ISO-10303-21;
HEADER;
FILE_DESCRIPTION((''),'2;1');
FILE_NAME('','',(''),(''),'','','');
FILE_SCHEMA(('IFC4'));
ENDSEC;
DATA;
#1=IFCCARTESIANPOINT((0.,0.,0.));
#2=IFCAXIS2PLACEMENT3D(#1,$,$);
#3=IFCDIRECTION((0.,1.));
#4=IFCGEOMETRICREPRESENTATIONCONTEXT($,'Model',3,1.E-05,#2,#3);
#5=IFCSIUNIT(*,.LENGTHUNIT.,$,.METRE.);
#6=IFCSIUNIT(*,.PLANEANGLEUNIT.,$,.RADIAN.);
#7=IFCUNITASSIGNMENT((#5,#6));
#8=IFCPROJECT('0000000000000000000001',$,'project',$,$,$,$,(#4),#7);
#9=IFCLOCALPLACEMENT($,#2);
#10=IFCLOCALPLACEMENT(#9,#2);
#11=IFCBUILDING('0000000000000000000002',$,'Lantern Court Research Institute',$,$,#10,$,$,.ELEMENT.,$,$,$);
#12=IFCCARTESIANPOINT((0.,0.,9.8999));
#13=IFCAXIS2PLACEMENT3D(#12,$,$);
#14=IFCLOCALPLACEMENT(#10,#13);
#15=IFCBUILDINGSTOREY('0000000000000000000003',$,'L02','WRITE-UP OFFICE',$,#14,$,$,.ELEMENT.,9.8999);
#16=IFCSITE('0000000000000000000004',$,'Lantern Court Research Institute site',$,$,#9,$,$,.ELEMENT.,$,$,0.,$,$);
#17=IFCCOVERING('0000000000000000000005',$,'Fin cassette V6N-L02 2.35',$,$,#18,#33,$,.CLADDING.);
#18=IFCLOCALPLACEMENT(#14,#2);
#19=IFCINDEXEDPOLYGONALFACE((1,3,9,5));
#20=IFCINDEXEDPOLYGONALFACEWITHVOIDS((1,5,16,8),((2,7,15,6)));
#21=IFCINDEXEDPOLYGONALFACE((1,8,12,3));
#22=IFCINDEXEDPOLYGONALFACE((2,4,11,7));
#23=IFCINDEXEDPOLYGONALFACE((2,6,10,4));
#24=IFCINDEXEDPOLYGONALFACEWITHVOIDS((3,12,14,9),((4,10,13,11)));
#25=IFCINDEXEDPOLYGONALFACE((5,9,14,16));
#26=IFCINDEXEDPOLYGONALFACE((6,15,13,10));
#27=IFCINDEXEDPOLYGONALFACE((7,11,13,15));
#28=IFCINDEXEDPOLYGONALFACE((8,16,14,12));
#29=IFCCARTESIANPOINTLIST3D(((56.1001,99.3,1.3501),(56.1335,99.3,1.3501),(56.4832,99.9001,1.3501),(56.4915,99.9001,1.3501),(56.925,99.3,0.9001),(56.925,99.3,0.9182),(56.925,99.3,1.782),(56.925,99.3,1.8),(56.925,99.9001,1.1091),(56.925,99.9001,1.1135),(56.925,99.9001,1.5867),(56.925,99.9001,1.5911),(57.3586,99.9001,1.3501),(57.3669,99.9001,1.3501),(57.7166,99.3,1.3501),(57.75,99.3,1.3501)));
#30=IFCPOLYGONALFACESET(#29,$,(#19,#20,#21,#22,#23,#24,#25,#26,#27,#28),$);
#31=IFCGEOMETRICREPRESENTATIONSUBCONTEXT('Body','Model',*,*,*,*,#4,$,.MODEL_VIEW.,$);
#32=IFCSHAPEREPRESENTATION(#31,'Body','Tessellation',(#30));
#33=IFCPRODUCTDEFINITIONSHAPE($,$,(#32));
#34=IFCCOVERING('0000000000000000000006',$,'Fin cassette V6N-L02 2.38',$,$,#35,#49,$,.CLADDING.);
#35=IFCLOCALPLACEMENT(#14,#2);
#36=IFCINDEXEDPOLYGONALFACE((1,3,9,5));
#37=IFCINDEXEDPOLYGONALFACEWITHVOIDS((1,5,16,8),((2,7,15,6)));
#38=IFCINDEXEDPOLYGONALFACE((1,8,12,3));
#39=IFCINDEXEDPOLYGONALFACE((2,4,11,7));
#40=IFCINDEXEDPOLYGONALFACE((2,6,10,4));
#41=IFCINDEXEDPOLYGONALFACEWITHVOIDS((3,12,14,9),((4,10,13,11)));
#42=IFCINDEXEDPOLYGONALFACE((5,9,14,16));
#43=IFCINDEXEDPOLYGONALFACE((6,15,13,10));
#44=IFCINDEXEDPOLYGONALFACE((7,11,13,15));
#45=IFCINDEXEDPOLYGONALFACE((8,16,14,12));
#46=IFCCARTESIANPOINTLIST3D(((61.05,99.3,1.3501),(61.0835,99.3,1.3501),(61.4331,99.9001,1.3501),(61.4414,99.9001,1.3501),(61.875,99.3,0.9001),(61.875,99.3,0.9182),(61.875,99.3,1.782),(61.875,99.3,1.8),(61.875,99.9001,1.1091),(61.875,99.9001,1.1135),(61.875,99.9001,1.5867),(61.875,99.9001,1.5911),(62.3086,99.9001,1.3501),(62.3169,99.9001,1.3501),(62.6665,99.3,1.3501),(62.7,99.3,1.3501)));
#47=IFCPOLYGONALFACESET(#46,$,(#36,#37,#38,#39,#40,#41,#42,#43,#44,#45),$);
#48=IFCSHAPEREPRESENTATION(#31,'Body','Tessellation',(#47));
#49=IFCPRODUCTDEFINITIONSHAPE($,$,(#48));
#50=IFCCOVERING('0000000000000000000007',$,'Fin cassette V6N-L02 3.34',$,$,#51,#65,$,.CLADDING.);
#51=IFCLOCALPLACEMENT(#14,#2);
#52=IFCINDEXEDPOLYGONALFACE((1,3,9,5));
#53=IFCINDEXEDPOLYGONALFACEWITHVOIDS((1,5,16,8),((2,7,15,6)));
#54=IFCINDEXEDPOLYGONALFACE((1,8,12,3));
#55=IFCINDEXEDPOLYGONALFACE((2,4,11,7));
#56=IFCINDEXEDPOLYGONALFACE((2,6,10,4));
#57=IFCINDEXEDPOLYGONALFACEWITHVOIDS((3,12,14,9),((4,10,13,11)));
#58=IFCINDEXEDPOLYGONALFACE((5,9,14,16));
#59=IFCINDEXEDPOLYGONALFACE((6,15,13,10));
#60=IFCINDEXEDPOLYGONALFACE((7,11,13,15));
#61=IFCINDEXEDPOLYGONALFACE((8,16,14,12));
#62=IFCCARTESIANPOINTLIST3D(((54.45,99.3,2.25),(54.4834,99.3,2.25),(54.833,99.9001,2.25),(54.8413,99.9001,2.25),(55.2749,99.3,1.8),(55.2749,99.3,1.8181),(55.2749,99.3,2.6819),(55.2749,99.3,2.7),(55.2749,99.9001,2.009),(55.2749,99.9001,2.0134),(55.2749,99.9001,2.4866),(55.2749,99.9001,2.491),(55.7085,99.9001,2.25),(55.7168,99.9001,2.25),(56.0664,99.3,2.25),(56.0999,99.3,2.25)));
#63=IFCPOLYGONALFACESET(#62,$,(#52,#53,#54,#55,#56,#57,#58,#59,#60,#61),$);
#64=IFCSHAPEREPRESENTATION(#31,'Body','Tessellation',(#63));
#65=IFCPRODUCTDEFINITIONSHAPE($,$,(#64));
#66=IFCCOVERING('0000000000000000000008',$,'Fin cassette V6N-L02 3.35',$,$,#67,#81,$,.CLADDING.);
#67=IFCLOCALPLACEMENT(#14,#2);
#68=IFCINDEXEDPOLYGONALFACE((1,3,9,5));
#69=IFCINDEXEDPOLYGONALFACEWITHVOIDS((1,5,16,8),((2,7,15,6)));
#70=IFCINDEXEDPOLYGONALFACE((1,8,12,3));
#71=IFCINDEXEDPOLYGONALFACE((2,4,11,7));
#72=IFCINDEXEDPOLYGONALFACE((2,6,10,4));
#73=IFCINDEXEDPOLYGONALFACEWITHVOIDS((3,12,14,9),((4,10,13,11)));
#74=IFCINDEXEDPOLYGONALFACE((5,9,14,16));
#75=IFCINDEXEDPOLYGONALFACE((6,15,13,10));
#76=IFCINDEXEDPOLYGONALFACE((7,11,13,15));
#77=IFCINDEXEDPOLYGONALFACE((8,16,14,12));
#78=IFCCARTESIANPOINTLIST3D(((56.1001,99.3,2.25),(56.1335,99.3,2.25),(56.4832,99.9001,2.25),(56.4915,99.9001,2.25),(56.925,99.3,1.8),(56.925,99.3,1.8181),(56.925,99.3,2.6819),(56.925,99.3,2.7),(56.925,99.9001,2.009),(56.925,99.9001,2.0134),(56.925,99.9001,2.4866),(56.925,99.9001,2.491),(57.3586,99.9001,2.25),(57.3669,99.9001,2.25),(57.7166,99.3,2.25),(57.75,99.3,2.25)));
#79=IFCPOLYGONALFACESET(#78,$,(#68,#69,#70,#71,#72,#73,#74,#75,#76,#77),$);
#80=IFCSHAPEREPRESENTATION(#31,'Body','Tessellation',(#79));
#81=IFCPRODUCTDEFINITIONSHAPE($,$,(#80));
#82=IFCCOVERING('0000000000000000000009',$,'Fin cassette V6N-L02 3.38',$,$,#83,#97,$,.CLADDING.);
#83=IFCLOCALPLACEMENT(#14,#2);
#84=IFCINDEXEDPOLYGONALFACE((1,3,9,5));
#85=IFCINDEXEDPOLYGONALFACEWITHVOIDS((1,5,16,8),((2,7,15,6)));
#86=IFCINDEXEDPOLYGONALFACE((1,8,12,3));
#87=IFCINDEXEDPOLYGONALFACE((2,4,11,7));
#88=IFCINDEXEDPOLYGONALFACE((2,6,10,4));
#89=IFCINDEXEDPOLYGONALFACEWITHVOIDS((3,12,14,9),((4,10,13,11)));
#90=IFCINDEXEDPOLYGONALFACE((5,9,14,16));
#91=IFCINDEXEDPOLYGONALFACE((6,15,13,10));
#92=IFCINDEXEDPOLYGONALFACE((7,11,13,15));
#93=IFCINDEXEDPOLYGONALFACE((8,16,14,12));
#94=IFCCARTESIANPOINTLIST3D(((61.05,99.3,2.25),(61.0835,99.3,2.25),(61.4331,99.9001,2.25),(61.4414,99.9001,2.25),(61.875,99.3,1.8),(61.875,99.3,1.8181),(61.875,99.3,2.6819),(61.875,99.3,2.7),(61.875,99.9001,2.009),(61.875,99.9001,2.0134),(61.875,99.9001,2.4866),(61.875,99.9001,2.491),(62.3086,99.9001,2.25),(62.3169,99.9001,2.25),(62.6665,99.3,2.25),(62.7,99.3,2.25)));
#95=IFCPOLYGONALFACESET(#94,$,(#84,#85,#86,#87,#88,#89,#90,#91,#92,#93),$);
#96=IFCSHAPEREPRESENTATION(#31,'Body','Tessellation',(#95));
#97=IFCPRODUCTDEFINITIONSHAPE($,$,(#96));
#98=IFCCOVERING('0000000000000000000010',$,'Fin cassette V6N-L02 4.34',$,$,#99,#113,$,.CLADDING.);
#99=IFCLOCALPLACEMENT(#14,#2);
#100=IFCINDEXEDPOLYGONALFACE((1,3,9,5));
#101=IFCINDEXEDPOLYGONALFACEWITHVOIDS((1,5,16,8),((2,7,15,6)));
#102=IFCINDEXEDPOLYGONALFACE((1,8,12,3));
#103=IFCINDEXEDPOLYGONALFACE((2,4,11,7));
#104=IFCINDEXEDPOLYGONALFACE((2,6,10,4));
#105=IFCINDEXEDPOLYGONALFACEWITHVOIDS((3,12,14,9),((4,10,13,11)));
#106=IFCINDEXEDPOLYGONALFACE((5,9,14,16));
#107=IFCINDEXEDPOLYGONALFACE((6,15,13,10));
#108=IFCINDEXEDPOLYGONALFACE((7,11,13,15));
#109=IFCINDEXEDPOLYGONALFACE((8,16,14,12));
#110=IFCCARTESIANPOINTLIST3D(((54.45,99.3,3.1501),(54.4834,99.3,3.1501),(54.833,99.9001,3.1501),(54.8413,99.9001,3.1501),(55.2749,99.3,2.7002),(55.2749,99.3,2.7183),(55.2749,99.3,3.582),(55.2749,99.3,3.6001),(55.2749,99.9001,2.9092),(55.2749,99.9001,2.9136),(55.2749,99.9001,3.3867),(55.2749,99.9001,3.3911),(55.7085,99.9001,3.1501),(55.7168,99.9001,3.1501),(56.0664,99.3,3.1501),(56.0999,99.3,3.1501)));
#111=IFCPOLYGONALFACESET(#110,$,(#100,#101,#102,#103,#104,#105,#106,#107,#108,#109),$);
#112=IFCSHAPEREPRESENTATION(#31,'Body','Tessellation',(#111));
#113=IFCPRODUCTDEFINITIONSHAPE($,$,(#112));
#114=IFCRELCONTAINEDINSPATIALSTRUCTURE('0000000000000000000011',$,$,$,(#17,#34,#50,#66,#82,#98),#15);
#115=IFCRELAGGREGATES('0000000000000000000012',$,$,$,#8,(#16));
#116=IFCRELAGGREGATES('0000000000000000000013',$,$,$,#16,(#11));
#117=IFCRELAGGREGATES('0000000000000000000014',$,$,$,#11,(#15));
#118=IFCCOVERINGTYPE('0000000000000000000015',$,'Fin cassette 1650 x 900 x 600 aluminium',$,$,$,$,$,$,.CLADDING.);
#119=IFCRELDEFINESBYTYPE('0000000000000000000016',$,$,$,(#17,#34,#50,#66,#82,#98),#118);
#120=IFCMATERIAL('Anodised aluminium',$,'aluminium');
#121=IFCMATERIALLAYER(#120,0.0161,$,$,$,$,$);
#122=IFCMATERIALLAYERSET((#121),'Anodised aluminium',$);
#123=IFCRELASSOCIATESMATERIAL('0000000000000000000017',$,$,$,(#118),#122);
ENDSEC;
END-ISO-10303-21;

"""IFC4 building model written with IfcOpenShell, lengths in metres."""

from ifc_helpers import new_model, entity, si_unit, direction, frame, origin, place, context, subcontext, project, spatial, material, layer, layer_set, type_object, element, save


model = new_model("IFC4")

# Units and contexts
model_context = context("Model", 3, precision=1e-05, world=origin(), true_north=direction((0.0, 1.0)))
body_context = subcontext(model_context, "Body", "Model", "MODEL_VIEW")
ifc_project = project(units=[si_unit("LENGTHUNIT", "METRE"), si_unit("PLANEANGLEUNIT", "RADIAN")], contexts=[model_context])

# Site, building, storey
site_placement = place(None, origin())
site = spatial("IfcSite", under=ifc_project, at=site_placement, Name="Lantern Court Research Institute site", CompositionType="ELEMENT", RefElevation=0.0)
building_placement = place(site_placement, origin())
building = spatial("IfcBuilding", under=site, at=building_placement, Name="Lantern Court Research Institute", CompositionType="ELEMENT")
storey_placement = place(building_placement, frame((0.0, 0.0, 9.8999)))
storey = spatial("IfcBuildingStorey", under=building, at=storey_placement, Name="L02", Description="WRITE-UP OFFICE", CompositionType="ELEMENT", Elevation=9.8999)

# Coverings
ifc_material_1 = material(Name="Anodised aluminium", Category="aluminium")
ifc_layer_1 = layer(ifc_material_1, 0.0161)
ifc_layer_set_1 = layer_set([ifc_layer_1], Name="Anodised aluminium")
covering_type_1 = type_object("IfcCoveringType", Name="Fin cassette 1650 x 900 x 600 aluminium", PredefinedType="CLADDING", material=ifc_layer_set_1)
covering_1_placement = place(storey_placement, frame((56.925, 99.3, 1.3501), z_axis=(0.0, 1.0, 0.0), x_axis=(-1.0, 0.0, 0.0)))
cartesian_point_1 = entity("IfcCartesianPoint", [0.825, 0.0])
cartesian_point_2 = entity("IfcCartesianPoint", [0.7915, 0.0])
cartesian_point_3 = entity("IfcCartesianPoint", [0.4419, 0.0])
cartesian_point_4 = entity("IfcCartesianPoint", [0.4336, 0.0])
element("IfcCovering", 1, at=covering_1_placement, inside=storey, type_object=covering_type_1, Name="Fin cassette V6N-L02 2.35", PredefinedType="CLADDING", context=body_context, shape_type="SweptSolid", body=[
    entity("IfcExtrudedAreaSolidTapered", entity("IfcArbitraryProfileDefWithVoids", "AREA", None, entity("IfcPolyline", [cartesian_point_1, entity("IfcCartesianPoint", [0.0, 0.45]), entity("IfcCartesianPoint", [-0.825, 0.0]), entity("IfcCartesianPoint", [0.0, -0.45]), cartesian_point_1]), [entity("IfcPolyline", [cartesian_point_2, entity("IfcCartesianPoint", [0.0, 0.4319]), entity("IfcCartesianPoint", [-0.7915, 0.0]), entity("IfcCartesianPoint", [0.0, -0.4319]), cartesian_point_2])]), entity("IfcAxis2Placement3D", entity("IfcCartesianPoint", [0.0, 0.0, 0.0])), entity("IfcDirection", [0.0, 0.0, 1.0]), 0.6001, entity("IfcArbitraryProfileDefWithVoids", "AREA", None, entity("IfcPolyline", [cartesian_point_3, entity("IfcCartesianPoint", [0.0, 0.241]), entity("IfcCartesianPoint", [-0.4419, 0.0]), entity("IfcCartesianPoint", [0.0, -0.241]), cartesian_point_3]), [entity("IfcPolyline", [cartesian_point_4, entity("IfcCartesianPoint", [0.0, 0.2366]), entity("IfcCartesianPoint", [-0.4336, 0.0]), entity("IfcCartesianPoint", [0.0, -0.2366]), cartesian_point_4])])),
])
covering_2_placement = place(storey_placement, frame((61.875, 99.3, 1.3501), z_axis=(0.0, 1.0, 0.0), x_axis=(-1.0, 0.0, 0.0)))
cartesian_point_5 = entity("IfcCartesianPoint", [0.825, 0.0])
cartesian_point_6 = entity("IfcCartesianPoint", [0.7915, 0.0])
cartesian_point_7 = entity("IfcCartesianPoint", [0.4419, 0.0])
cartesian_point_8 = entity("IfcCartesianPoint", [0.4336, 0.0])
element("IfcCovering", 2, at=covering_2_placement, inside=storey, type_object=covering_type_1, Name="Fin cassette V6N-L02 2.38", PredefinedType="CLADDING", context=body_context, shape_type="SweptSolid", body=[
    entity("IfcExtrudedAreaSolidTapered", entity("IfcArbitraryProfileDefWithVoids", "AREA", None, entity("IfcPolyline", [cartesian_point_5, entity("IfcCartesianPoint", [0.0, 0.45]), entity("IfcCartesianPoint", [-0.825, 0.0]), entity("IfcCartesianPoint", [0.0, -0.45]), cartesian_point_5]), [entity("IfcPolyline", [cartesian_point_6, entity("IfcCartesianPoint", [0.0, 0.4319]), entity("IfcCartesianPoint", [-0.7915, 0.0]), entity("IfcCartesianPoint", [0.0, -0.4319]), cartesian_point_6])]), entity("IfcAxis2Placement3D", entity("IfcCartesianPoint", [0.0, 0.0, 0.0])), entity("IfcDirection", [0.0, 0.0, 1.0]), 0.6001, entity("IfcArbitraryProfileDefWithVoids", "AREA", None, entity("IfcPolyline", [cartesian_point_7, entity("IfcCartesianPoint", [0.0, 0.241]), entity("IfcCartesianPoint", [-0.4419, 0.0]), entity("IfcCartesianPoint", [0.0, -0.241]), cartesian_point_7]), [entity("IfcPolyline", [cartesian_point_8, entity("IfcCartesianPoint", [0.0, 0.2366]), entity("IfcCartesianPoint", [-0.4336, 0.0]), entity("IfcCartesianPoint", [0.0, -0.2366]), cartesian_point_8])])),
])
covering_3_placement = place(storey_placement, frame((55.2749, 99.3, 2.25), z_axis=(0.0, 1.0, 0.0), x_axis=(-1.0, 0.0, 0.0)))
cartesian_point_9 = entity("IfcCartesianPoint", [0.825, 0.0])
cartesian_point_10 = entity("IfcCartesianPoint", [0.7915, 0.0])
cartesian_point_11 = entity("IfcCartesianPoint", [0.4419, 0.0])
cartesian_point_12 = entity("IfcCartesianPoint", [0.4336, 0.0])
element("IfcCovering", 3, at=covering_3_placement, inside=storey, type_object=covering_type_1, Name="Fin cassette V6N-L02 3.34", PredefinedType="CLADDING", context=body_context, shape_type="SweptSolid", body=[
    entity("IfcExtrudedAreaSolidTapered", entity("IfcArbitraryProfileDefWithVoids", "AREA", None, entity("IfcPolyline", [cartesian_point_9, entity("IfcCartesianPoint", [0.0, 0.45]), entity("IfcCartesianPoint", [-0.825, 0.0]), entity("IfcCartesianPoint", [0.0, -0.45]), cartesian_point_9]), [entity("IfcPolyline", [cartesian_point_10, entity("IfcCartesianPoint", [0.0, 0.4319]), entity("IfcCartesianPoint", [-0.7915, 0.0]), entity("IfcCartesianPoint", [0.0, -0.4319]), cartesian_point_10])]), entity("IfcAxis2Placement3D", entity("IfcCartesianPoint", [0.0, 0.0, 0.0])), entity("IfcDirection", [0.0, 0.0, 1.0]), 0.6001, entity("IfcArbitraryProfileDefWithVoids", "AREA", None, entity("IfcPolyline", [cartesian_point_11, entity("IfcCartesianPoint", [0.0, 0.241]), entity("IfcCartesianPoint", [-0.4419, 0.0]), entity("IfcCartesianPoint", [0.0, -0.241]), cartesian_point_11]), [entity("IfcPolyline", [cartesian_point_12, entity("IfcCartesianPoint", [0.0, 0.2366]), entity("IfcCartesianPoint", [-0.4336, 0.0]), entity("IfcCartesianPoint", [0.0, -0.2366]), cartesian_point_12])])),
])
covering_4_placement = place(storey_placement, frame((56.925, 99.3, 2.25), z_axis=(0.0, 1.0, 0.0), x_axis=(-1.0, 0.0, 0.0)))
cartesian_point_13 = entity("IfcCartesianPoint", [0.825, 0.0])
cartesian_point_14 = entity("IfcCartesianPoint", [0.7915, 0.0])
cartesian_point_15 = entity("IfcCartesianPoint", [0.4419, 0.0])
cartesian_point_16 = entity("IfcCartesianPoint", [0.4336, 0.0])
element("IfcCovering", 4, at=covering_4_placement, inside=storey, type_object=covering_type_1, Name="Fin cassette V6N-L02 3.35", PredefinedType="CLADDING", context=body_context, shape_type="SweptSolid", body=[
    entity("IfcExtrudedAreaSolidTapered", entity("IfcArbitraryProfileDefWithVoids", "AREA", None, entity("IfcPolyline", [cartesian_point_13, entity("IfcCartesianPoint", [0.0, 0.45]), entity("IfcCartesianPoint", [-0.825, 0.0]), entity("IfcCartesianPoint", [0.0, -0.45]), cartesian_point_13]), [entity("IfcPolyline", [cartesian_point_14, entity("IfcCartesianPoint", [0.0, 0.4319]), entity("IfcCartesianPoint", [-0.7915, 0.0]), entity("IfcCartesianPoint", [0.0, -0.4319]), cartesian_point_14])]), entity("IfcAxis2Placement3D", entity("IfcCartesianPoint", [0.0, 0.0, 0.0])), entity("IfcDirection", [0.0, 0.0, 1.0]), 0.6001, entity("IfcArbitraryProfileDefWithVoids", "AREA", None, entity("IfcPolyline", [cartesian_point_15, entity("IfcCartesianPoint", [0.0, 0.241]), entity("IfcCartesianPoint", [-0.4419, 0.0]), entity("IfcCartesianPoint", [0.0, -0.241]), cartesian_point_15]), [entity("IfcPolyline", [cartesian_point_16, entity("IfcCartesianPoint", [0.0, 0.2366]), entity("IfcCartesianPoint", [-0.4336, 0.0]), entity("IfcCartesianPoint", [0.0, -0.2366]), cartesian_point_16])])),
])
covering_5_placement = place(storey_placement, frame((61.875, 99.3, 2.25), z_axis=(0.0, 1.0, 0.0), x_axis=(-1.0, 0.0, 0.0)))
cartesian_point_17 = entity("IfcCartesianPoint", [0.825, 0.0])
cartesian_point_18 = entity("IfcCartesianPoint", [0.7915, 0.0])
cartesian_point_19 = entity("IfcCartesianPoint", [0.4419, 0.0])
cartesian_point_20 = entity("IfcCartesianPoint", [0.4336, 0.0])
element("IfcCovering", 5, at=covering_5_placement, inside=storey, type_object=covering_type_1, Name="Fin cassette V6N-L02 3.38", PredefinedType="CLADDING", context=body_context, shape_type="SweptSolid", body=[
    entity("IfcExtrudedAreaSolidTapered", entity("IfcArbitraryProfileDefWithVoids", "AREA", None, entity("IfcPolyline", [cartesian_point_17, entity("IfcCartesianPoint", [0.0, 0.45]), entity("IfcCartesianPoint", [-0.825, 0.0]), entity("IfcCartesianPoint", [0.0, -0.45]), cartesian_point_17]), [entity("IfcPolyline", [cartesian_point_18, entity("IfcCartesianPoint", [0.0, 0.4319]), entity("IfcCartesianPoint", [-0.7915, 0.0]), entity("IfcCartesianPoint", [0.0, -0.4319]), cartesian_point_18])]), entity("IfcAxis2Placement3D", entity("IfcCartesianPoint", [0.0, 0.0, 0.0])), entity("IfcDirection", [0.0, 0.0, 1.0]), 0.6001, entity("IfcArbitraryProfileDefWithVoids", "AREA", None, entity("IfcPolyline", [cartesian_point_19, entity("IfcCartesianPoint", [0.0, 0.241]), entity("IfcCartesianPoint", [-0.4419, 0.0]), entity("IfcCartesianPoint", [0.0, -0.241]), cartesian_point_19]), [entity("IfcPolyline", [cartesian_point_20, entity("IfcCartesianPoint", [0.0, 0.2366]), entity("IfcCartesianPoint", [-0.4336, 0.0]), entity("IfcCartesianPoint", [0.0, -0.2366]), cartesian_point_20])])),
])
covering_6_placement = place(storey_placement, frame((55.2749, 99.3, 3.1501), z_axis=(0.0, 1.0, 0.0), x_axis=(-1.0, 0.0, 0.0)))
cartesian_point_21 = entity("IfcCartesianPoint", [0.825, 0.0])
cartesian_point_22 = entity("IfcCartesianPoint", [0.7915, 0.0])
cartesian_point_23 = entity("IfcCartesianPoint", [0.4419, 0.0])
cartesian_point_24 = entity("IfcCartesianPoint", [0.4336, 0.0])
element("IfcCovering", 6, at=covering_6_placement, inside=storey, type_object=covering_type_1, Name="Fin cassette V6N-L02 4.34", PredefinedType="CLADDING", context=body_context, shape_type="SweptSolid", body=[
    entity("IfcExtrudedAreaSolidTapered", entity("IfcArbitraryProfileDefWithVoids", "AREA", None, entity("IfcPolyline", [cartesian_point_21, entity("IfcCartesianPoint", [0.0, 0.45]), entity("IfcCartesianPoint", [-0.825, 0.0]), entity("IfcCartesianPoint", [0.0, -0.45]), cartesian_point_21]), [entity("IfcPolyline", [cartesian_point_22, entity("IfcCartesianPoint", [0.0, 0.4319]), entity("IfcCartesianPoint", [-0.7915, 0.0]), entity("IfcCartesianPoint", [0.0, -0.4319]), cartesian_point_22])]), entity("IfcAxis2Placement3D", entity("IfcCartesianPoint", [0.0, 0.0, 0.0])), entity("IfcDirection", [0.0, 0.0, 1.0]), 0.6001, entity("IfcArbitraryProfileDefWithVoids", "AREA", None, entity("IfcPolyline", [cartesian_point_23, entity("IfcCartesianPoint", [0.0, 0.241]), entity("IfcCartesianPoint", [-0.4419, 0.0]), entity("IfcCartesianPoint", [0.0, -0.241]), cartesian_point_23]), [entity("IfcPolyline", [cartesian_point_24, entity("IfcCartesianPoint", [0.0, 0.2366]), entity("IfcCartesianPoint", [-0.4336, 0.0]), entity("IfcCartesianPoint", [0.0, -0.2366]), cartesian_point_24])])),
])

save(model, "model.ifc")
